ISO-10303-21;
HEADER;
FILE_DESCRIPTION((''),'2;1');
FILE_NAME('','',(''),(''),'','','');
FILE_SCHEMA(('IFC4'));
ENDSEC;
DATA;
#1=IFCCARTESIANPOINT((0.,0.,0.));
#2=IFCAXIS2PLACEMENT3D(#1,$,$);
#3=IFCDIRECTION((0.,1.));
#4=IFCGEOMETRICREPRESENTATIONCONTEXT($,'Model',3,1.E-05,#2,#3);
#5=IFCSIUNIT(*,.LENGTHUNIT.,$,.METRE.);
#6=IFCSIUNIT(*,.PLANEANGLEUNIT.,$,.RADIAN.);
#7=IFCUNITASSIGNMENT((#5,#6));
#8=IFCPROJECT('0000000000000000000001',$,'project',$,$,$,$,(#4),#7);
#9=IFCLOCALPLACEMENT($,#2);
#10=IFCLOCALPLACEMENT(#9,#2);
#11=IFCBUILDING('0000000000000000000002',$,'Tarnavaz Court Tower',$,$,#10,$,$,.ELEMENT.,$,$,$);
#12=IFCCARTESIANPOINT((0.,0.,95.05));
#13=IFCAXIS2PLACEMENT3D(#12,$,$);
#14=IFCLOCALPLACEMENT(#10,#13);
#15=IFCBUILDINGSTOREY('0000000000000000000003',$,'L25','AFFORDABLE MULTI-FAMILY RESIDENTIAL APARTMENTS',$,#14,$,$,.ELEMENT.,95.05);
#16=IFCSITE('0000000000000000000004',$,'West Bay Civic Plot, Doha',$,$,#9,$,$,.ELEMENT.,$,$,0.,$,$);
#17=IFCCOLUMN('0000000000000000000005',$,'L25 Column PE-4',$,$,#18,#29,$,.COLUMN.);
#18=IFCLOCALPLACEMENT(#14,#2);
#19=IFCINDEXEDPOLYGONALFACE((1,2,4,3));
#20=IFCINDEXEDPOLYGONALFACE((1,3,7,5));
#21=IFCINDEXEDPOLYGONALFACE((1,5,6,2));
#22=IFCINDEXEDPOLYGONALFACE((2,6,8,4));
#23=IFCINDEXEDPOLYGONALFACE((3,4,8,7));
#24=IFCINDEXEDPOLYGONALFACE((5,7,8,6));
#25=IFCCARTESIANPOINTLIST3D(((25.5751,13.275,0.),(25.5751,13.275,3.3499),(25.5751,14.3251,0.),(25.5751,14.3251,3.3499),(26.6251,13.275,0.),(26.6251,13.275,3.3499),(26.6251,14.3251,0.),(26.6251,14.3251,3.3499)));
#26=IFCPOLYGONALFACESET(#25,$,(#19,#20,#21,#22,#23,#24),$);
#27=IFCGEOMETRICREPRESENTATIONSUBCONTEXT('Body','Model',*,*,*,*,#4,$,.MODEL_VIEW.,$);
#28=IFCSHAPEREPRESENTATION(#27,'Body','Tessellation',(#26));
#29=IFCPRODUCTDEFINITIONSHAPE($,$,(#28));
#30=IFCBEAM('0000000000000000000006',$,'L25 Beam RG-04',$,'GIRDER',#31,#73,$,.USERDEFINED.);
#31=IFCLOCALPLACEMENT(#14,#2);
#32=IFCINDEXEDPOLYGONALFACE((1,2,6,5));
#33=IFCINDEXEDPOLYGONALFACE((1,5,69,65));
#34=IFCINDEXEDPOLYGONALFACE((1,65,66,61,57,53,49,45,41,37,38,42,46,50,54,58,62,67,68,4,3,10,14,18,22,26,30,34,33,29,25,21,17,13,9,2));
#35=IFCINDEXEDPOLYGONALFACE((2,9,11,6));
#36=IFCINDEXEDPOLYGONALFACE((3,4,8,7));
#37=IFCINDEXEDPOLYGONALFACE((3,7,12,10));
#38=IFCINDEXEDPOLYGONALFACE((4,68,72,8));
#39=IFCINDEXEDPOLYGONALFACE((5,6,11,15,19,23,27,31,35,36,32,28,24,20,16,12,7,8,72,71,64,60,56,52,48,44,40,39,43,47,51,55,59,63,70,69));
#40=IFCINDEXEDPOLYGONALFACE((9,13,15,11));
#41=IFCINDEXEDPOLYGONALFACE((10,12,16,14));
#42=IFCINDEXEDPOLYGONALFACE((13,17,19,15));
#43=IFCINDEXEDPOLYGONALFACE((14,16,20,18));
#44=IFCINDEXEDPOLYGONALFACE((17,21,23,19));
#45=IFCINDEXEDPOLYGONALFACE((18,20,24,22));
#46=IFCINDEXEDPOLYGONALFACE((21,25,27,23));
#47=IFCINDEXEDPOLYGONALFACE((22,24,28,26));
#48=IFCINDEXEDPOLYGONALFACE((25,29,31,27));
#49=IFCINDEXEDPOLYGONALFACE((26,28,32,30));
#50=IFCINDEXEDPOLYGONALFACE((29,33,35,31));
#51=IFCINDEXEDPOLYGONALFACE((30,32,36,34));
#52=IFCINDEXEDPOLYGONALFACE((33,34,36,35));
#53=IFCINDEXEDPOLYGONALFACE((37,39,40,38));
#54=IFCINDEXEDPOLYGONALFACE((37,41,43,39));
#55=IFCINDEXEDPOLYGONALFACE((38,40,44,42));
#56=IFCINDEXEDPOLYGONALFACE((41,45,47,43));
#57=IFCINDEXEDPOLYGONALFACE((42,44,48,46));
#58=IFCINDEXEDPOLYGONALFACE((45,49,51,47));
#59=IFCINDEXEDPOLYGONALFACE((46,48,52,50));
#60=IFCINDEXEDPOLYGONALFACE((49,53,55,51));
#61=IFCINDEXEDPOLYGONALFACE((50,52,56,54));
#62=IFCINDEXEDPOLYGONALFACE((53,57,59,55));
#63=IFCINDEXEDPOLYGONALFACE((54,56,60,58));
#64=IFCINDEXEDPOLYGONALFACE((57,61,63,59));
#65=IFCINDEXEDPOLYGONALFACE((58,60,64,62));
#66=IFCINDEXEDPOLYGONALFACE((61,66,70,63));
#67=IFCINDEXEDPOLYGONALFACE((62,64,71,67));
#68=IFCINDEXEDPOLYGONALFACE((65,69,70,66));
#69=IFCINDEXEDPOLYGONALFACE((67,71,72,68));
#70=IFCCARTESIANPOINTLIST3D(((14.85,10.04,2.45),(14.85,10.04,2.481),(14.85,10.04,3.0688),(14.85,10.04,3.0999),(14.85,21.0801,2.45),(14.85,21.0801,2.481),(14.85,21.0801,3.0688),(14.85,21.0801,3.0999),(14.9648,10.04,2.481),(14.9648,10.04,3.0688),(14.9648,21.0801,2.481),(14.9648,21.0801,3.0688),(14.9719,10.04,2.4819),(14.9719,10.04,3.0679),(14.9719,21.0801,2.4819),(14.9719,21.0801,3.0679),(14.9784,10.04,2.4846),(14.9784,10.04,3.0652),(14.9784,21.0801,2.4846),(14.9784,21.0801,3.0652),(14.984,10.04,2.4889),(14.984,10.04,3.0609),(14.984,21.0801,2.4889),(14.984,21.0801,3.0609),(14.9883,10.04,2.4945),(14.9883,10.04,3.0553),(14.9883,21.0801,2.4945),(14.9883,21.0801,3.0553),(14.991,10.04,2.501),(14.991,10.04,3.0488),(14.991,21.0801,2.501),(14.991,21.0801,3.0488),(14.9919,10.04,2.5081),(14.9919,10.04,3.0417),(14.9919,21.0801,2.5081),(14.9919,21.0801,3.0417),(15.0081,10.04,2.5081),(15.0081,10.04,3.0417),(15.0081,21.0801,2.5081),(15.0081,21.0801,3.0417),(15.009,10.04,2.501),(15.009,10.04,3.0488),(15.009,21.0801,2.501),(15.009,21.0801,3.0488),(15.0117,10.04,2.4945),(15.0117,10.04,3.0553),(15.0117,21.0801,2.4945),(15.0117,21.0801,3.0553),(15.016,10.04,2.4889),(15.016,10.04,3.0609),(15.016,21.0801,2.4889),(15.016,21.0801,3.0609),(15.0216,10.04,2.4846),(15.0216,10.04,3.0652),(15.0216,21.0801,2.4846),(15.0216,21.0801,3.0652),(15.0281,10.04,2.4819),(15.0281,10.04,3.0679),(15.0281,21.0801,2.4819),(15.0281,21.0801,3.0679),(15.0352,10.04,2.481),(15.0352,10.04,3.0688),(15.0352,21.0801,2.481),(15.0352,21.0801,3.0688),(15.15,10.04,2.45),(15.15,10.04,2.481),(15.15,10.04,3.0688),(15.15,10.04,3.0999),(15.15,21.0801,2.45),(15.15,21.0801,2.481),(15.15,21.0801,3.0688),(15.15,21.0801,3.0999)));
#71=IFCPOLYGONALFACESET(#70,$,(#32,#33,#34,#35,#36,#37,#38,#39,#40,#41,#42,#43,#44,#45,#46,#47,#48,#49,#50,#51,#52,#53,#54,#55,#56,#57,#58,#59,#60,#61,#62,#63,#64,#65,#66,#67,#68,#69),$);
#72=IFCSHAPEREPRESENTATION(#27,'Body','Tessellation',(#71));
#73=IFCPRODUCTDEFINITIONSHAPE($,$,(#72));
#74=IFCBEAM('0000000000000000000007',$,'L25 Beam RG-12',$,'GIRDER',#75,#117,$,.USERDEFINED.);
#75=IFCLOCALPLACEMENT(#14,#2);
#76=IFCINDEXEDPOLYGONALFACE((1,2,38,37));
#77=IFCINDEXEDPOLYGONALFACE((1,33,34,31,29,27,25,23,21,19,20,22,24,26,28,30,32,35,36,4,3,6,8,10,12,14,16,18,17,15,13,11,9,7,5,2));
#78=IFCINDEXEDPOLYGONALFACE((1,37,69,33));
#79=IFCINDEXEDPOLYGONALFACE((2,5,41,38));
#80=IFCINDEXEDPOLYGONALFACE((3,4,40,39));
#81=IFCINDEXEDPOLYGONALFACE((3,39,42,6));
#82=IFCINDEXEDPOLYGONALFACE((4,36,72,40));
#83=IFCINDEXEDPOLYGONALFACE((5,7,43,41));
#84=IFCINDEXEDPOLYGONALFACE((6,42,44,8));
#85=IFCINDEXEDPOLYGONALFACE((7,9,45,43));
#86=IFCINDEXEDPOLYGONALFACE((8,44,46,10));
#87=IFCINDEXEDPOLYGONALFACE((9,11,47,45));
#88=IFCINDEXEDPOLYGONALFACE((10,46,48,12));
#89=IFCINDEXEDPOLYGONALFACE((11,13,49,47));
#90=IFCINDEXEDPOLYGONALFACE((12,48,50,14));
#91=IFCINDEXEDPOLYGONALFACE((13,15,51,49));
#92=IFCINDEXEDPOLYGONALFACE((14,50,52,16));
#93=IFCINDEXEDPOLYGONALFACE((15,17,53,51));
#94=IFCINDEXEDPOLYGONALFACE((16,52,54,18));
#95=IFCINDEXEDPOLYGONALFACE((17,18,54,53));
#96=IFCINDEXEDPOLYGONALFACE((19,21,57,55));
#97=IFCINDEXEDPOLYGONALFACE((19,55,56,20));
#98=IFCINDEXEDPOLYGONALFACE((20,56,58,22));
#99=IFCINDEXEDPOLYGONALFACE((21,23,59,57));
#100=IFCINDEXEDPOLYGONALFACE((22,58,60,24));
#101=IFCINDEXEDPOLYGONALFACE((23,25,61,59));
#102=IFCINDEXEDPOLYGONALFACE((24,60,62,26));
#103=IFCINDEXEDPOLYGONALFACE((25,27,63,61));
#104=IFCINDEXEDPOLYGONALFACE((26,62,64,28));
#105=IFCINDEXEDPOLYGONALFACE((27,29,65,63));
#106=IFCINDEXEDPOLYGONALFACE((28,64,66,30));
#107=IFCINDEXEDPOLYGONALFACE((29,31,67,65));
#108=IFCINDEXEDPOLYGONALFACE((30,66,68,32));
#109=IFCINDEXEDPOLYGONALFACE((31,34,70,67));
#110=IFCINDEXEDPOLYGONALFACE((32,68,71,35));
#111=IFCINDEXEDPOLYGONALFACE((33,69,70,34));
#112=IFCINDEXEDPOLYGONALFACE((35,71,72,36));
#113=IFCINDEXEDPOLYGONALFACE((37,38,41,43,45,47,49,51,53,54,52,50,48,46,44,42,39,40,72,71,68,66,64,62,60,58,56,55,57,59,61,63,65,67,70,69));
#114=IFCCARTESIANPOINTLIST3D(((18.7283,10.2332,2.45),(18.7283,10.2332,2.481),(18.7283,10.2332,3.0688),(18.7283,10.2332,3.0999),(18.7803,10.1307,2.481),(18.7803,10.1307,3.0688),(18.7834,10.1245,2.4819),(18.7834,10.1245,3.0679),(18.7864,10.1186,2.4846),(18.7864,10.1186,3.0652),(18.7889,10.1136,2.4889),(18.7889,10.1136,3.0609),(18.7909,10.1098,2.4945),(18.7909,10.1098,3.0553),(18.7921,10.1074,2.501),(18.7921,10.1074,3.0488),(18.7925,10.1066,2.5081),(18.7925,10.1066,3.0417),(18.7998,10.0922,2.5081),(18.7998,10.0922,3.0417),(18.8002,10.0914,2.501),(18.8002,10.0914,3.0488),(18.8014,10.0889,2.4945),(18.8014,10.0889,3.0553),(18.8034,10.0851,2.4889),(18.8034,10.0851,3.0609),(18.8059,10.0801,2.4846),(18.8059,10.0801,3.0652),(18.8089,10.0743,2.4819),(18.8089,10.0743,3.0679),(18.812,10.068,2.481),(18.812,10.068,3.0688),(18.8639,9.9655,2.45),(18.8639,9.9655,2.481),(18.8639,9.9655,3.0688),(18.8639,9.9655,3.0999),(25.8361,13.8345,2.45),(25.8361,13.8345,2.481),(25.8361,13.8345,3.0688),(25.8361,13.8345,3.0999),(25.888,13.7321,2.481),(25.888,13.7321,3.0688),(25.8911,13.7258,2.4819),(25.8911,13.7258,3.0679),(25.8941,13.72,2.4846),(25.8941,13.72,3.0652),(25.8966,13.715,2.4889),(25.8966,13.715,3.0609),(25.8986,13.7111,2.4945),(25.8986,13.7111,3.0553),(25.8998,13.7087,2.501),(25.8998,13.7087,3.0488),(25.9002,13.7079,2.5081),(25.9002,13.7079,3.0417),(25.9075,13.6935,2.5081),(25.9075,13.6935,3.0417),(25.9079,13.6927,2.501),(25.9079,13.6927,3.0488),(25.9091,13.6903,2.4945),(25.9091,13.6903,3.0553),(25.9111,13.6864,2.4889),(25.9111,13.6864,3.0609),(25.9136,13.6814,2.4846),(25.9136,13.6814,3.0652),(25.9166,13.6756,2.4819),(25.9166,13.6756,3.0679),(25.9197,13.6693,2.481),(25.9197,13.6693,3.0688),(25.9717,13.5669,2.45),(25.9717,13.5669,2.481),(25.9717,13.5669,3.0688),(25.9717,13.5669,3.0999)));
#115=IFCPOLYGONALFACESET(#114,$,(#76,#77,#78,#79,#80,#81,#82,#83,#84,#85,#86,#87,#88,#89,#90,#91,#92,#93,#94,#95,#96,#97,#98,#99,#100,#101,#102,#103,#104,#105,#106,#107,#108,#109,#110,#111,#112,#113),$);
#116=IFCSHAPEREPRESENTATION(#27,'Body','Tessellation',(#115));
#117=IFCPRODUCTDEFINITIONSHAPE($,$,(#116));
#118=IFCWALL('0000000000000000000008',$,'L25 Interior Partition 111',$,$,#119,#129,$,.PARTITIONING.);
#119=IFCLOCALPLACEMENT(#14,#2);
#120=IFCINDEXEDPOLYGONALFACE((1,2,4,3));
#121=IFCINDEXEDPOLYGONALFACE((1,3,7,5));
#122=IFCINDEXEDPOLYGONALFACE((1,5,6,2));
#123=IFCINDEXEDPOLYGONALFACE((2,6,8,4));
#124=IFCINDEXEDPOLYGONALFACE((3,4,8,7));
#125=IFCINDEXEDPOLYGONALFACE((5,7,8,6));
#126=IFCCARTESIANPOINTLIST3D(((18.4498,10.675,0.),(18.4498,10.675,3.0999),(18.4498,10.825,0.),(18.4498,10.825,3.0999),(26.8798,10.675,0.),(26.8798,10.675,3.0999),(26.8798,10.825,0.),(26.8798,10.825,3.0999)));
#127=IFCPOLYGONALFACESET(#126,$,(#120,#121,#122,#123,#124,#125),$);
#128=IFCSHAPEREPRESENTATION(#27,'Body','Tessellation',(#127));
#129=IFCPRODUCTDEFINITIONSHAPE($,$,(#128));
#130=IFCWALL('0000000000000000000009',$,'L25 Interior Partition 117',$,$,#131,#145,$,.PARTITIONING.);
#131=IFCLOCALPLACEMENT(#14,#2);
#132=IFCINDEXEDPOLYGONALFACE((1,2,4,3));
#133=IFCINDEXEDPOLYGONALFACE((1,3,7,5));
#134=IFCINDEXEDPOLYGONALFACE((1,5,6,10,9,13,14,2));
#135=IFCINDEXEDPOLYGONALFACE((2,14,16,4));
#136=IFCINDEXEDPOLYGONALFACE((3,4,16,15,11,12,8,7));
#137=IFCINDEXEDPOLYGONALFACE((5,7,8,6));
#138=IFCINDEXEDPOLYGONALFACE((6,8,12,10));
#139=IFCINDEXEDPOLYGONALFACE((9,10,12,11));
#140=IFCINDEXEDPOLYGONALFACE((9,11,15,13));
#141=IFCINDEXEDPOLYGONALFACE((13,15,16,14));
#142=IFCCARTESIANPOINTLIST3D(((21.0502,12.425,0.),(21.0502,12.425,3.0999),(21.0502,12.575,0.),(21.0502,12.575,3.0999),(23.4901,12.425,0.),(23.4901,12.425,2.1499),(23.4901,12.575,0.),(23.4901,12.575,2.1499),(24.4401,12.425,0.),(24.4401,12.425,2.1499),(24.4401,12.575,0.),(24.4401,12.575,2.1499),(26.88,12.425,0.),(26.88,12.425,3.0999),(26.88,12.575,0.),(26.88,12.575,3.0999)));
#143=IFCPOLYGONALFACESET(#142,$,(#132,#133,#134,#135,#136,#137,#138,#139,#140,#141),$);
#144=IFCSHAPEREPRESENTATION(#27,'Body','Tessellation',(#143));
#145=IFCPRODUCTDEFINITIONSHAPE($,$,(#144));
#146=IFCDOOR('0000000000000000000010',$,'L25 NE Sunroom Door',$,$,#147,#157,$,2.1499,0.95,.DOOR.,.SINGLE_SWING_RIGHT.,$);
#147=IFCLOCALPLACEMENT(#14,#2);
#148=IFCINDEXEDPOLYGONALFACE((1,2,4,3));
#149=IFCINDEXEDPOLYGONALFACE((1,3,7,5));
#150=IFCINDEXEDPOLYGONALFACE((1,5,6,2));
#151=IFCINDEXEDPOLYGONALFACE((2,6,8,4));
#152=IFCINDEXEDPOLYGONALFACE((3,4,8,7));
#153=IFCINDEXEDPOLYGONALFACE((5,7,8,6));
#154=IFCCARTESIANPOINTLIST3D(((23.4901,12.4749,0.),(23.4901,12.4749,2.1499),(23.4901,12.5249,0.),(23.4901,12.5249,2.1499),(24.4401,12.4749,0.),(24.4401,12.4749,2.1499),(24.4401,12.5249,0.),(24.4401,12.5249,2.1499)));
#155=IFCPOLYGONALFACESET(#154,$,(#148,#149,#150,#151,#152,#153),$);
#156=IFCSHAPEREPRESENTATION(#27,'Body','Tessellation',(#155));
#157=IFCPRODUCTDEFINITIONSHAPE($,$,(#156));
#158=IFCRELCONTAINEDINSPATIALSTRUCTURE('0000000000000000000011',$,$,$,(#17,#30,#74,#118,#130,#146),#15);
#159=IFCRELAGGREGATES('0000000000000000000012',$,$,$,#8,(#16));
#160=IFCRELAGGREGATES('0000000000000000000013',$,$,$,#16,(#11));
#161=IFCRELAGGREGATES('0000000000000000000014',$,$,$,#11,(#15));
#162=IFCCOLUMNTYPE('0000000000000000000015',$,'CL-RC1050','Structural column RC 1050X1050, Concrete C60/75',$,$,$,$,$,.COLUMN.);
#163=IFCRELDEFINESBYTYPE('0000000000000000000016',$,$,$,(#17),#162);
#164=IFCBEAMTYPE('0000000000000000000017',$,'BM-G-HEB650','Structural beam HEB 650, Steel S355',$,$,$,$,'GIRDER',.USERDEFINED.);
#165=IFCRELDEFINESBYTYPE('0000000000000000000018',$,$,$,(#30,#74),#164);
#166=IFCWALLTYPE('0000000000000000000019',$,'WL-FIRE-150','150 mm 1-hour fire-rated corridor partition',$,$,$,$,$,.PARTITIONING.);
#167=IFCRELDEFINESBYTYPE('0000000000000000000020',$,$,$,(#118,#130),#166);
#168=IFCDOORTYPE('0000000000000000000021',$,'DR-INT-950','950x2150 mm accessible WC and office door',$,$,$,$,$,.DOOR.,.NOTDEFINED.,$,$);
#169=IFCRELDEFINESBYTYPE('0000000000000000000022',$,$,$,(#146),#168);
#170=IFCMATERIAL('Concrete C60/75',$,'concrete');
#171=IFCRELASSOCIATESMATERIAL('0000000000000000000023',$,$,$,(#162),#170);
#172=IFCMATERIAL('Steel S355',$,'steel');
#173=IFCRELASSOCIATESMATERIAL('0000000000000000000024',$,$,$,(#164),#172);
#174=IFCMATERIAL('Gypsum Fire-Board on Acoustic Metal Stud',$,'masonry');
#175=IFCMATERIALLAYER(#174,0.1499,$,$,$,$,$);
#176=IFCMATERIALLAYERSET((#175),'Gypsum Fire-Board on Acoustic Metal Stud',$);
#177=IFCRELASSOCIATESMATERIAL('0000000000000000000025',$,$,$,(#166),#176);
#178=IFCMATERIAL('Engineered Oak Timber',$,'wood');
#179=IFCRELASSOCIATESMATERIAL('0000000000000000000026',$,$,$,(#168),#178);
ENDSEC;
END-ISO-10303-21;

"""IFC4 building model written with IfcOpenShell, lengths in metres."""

from ifc_helpers import new_model, si_unit, direction, frame, frame_2d, origin, origin_2d, place, context, subcontext, project, spatial, rectangle, i_section, extrude, material, layer, layer_set, material_profile, profile_set, type_object, element, fill, save


model = new_model("IFC4")

# Units and contexts
model_context = context("Model", 3, precision=1e-05, world=origin(), true_north=direction((0.0, 1.0)))
body_context = subcontext(model_context, "Body", "Model", "MODEL_VIEW")
ifc_project = project(units=[si_unit("LENGTHUNIT", "METRE"), si_unit("PLANEANGLEUNIT", "RADIAN")], contexts=[model_context])

# Site, building, storey
site_placement = place(None, origin())
site = spatial("IfcSite", under=ifc_project, at=site_placement, Name="West Bay Civic Plot, Doha", CompositionType="ELEMENT", RefElevation=0.0)
building_placement = place(site_placement, origin())
building = spatial("IfcBuilding", under=site, at=building_placement, Name="Tarnavaz Court Tower", CompositionType="ELEMENT")
storey_placement = place(building_placement, frame((0.0, 0.0, 95.05)))
storey = spatial("IfcBuildingStorey", under=building, at=storey_placement, Name="L25", Description="AFFORDABLE MULTI-FAMILY RESIDENTIAL APARTMENTS", CompositionType="ELEMENT", Elevation=95.05)

# Column
ifc_material_1 = material(Name="Concrete C60/75", Category="concrete")
ifc_material_profile_1 = material_profile(ifc_material_1, rectangle(XDim=1.05, YDim=1.05, at=origin_2d()), Name="RC 1050X1050")
ifc_profile_set_1 = profile_set([ifc_material_profile_1], Name="Concrete C60/75")
column_type = type_object("IfcColumnType", Name="CL-RC1050", Description="Structural column RC 1050X1050, Concrete C60/75", PredefinedType="COLUMN", material=ifc_profile_set_1)
column_placement = place(storey_placement, frame((26.1001, 13.8, 0.0), z_axis=(0.0, 0.0, 1.0), x_axis=(1.0, 0.0, 0.0)))
element("IfcColumn", 1, at=column_placement, inside=storey, type_object=column_type, Name="L25 Column PE-4", PredefinedType="COLUMN", context=body_context, shape_type="SweptSolid", body=[
    extrude(rectangle(XDim=1.05, YDim=1.05, at=origin_2d()), origin(), (0.0, 0.0, 1.0), 3.3499),
])

# Beams
ifc_material_2 = material(Name="Steel S355", Category="steel")
ifc_material_profile_2 = material_profile(ifc_material_2, i_section(OverallWidth=0.3, OverallDepth=0.6499, WebThickness=0.0161, FlangeThickness=0.031, FilletRadius=0.0271, at=origin_2d()), Name="HEB 650")
ifc_profile_set_2 = profile_set([ifc_material_profile_2], Name="Steel S355")
beam_type = type_object("IfcBeamType", Name="BM-G-HEB650", Description="Structural beam HEB 650, Steel S355", ElementType="GIRDER", PredefinedType="USERDEFINED", material=ifc_profile_set_2)
beam_1_placement = place(storey_placement, frame((15.0, 10.04, 2.7749), z_axis=(0.0, 1.0, 0.0), x_axis=(-1.0, 0.0, 0.0)))
element("IfcBeam", 2, at=beam_1_placement, inside=storey, type_object=beam_type, Name="L25 Beam RG-04", ObjectType="GIRDER", PredefinedType="USERDEFINED", context=body_context, shape_type="SweptSolid", body=[
    extrude(i_section(OverallWidth=0.3, OverallDepth=0.6499, WebThickness=0.0161, FlangeThickness=0.031, FilletRadius=0.0271, at=origin_2d()), origin(), (0.0, 0.0, 1.0), 11.04),
])
beam_2_placement = place(storey_placement, frame((18.7961, 10.0994, 2.7749), z_axis=(0.892031, 0.451975, 0.0), x_axis=(-0.451975, 0.892031, 0.0)))
element("IfcBeam", 3, at=beam_2_placement, inside=storey, type_object=beam_type, Name="L25 Beam RG-12", ObjectType="GIRDER", PredefinedType="USERDEFINED", context=body_context, shape_type="SweptSolid", body=[
    extrude(i_section(OverallWidth=0.3, OverallDepth=0.6499, WebThickness=0.0161, FlangeThickness=0.031, FilletRadius=0.0271, at=origin_2d()), origin(), (0.0, 0.0, 1.0), 7.968),
])

# Wall
ifc_material_3 = material(Name="Gypsum Fire-Board on Acoustic Metal Stud", Category="masonry")
ifc_layer_1 = layer(ifc_material_3, 0.1499)
ifc_layer_set_1 = layer_set([ifc_layer_1], Name="Gypsum Fire-Board on Acoustic Metal Stud")
wall_type_1 = type_object("IfcWallType", Name="WL-FIRE-150", Description="150 mm 1-hour fire-rated corridor partition", PredefinedType="PARTITIONING", material=ifc_layer_set_1)
wall_1_placement = place(storey_placement, frame((18.45, 10.75, 0.0), z_axis=(0.0, 0.0, 1.0), x_axis=(1.0, 0.0, 0.0)))
element("IfcWall", 4, at=wall_1_placement, inside=storey, type_object=wall_type_1, Name="L25 Interior Partition 111", PredefinedType="PARTITIONING", context=body_context, shape_type="SweptSolid", body=[
    extrude(rectangle(XDim=8.4299, YDim=0.1499, at=frame_2d((4.2148, 0.0))), origin(), (0.0, 0.0, 1.0), 3.0999),
])

# Wall, opening, door
wall_2_placement = place(storey_placement, frame((21.05, 12.5, 0.0), z_axis=(0.0, 0.0, 1.0), x_axis=(1.0, 0.0, 0.0)))
wall_2 = element("IfcWall", 5, at=wall_2_placement, inside=storey, type_object=wall_type_1, Name="L25 Interior Partition 117", PredefinedType="PARTITIONING", context=body_context, shape_type="SweptSolid", body=[
    extrude(rectangle(XDim=5.8298, YDim=0.1499, at=frame_2d((2.915, 0.0))), origin(), (0.0, 0.0, 1.0), 3.0999),
])
opening_1_placement = place(wall_2_placement, frame((2.4399, 0.0, 0.0)))
opening_1 = element("IfcOpeningElement", 6, at=opening_1_placement, cuts=wall_2, PredefinedType="OPENING", context=body_context, shape_type="SweptSolid", body=[
    extrude(rectangle(XDim=0.95, YDim=2.1499, at=frame_2d((0.4751, 1.075))), frame((0.0, 0.085, 0.0), z_axis=(0.0, -1.0, 0.0), x_axis=(1.0, 0.0, 0.0)), (0.0, 0.0, 1.0), 0.1699),
])
ifc_material_4 = material(Name="Engineered Oak Timber", Category="wood")
door_type_1 = type_object("IfcDoorType", Name="DR-INT-950", Description="950x2150 mm accessible WC and office door", OperationType="NOTDEFINED", PredefinedType="DOOR", material=ifc_material_4)
door_1_placement = place(opening_1_placement, origin())
door_1 = element("IfcDoor", 7, at=door_1_placement, inside=storey, type_object=door_type_1, Name="L25 NE Sunroom Door", OperationType="SINGLE_SWING_RIGHT", OverallHeight=2.1499, OverallWidth=0.95, PredefinedType="DOOR", context=body_context, shape_type="SweptSolid", body=[
    extrude(rectangle(XDim=0.95, YDim=2.1499, at=frame_2d((0.4751, 1.075))), frame((0.0, 0.0249, 0.0), z_axis=(0.0, -1.0, 0.0), x_axis=(1.0, 0.0, 0.0)), (0.0, 0.0, 1.0), 0.05),
])
fill(opening_1, door_1)

save(model, "model.ifc")
